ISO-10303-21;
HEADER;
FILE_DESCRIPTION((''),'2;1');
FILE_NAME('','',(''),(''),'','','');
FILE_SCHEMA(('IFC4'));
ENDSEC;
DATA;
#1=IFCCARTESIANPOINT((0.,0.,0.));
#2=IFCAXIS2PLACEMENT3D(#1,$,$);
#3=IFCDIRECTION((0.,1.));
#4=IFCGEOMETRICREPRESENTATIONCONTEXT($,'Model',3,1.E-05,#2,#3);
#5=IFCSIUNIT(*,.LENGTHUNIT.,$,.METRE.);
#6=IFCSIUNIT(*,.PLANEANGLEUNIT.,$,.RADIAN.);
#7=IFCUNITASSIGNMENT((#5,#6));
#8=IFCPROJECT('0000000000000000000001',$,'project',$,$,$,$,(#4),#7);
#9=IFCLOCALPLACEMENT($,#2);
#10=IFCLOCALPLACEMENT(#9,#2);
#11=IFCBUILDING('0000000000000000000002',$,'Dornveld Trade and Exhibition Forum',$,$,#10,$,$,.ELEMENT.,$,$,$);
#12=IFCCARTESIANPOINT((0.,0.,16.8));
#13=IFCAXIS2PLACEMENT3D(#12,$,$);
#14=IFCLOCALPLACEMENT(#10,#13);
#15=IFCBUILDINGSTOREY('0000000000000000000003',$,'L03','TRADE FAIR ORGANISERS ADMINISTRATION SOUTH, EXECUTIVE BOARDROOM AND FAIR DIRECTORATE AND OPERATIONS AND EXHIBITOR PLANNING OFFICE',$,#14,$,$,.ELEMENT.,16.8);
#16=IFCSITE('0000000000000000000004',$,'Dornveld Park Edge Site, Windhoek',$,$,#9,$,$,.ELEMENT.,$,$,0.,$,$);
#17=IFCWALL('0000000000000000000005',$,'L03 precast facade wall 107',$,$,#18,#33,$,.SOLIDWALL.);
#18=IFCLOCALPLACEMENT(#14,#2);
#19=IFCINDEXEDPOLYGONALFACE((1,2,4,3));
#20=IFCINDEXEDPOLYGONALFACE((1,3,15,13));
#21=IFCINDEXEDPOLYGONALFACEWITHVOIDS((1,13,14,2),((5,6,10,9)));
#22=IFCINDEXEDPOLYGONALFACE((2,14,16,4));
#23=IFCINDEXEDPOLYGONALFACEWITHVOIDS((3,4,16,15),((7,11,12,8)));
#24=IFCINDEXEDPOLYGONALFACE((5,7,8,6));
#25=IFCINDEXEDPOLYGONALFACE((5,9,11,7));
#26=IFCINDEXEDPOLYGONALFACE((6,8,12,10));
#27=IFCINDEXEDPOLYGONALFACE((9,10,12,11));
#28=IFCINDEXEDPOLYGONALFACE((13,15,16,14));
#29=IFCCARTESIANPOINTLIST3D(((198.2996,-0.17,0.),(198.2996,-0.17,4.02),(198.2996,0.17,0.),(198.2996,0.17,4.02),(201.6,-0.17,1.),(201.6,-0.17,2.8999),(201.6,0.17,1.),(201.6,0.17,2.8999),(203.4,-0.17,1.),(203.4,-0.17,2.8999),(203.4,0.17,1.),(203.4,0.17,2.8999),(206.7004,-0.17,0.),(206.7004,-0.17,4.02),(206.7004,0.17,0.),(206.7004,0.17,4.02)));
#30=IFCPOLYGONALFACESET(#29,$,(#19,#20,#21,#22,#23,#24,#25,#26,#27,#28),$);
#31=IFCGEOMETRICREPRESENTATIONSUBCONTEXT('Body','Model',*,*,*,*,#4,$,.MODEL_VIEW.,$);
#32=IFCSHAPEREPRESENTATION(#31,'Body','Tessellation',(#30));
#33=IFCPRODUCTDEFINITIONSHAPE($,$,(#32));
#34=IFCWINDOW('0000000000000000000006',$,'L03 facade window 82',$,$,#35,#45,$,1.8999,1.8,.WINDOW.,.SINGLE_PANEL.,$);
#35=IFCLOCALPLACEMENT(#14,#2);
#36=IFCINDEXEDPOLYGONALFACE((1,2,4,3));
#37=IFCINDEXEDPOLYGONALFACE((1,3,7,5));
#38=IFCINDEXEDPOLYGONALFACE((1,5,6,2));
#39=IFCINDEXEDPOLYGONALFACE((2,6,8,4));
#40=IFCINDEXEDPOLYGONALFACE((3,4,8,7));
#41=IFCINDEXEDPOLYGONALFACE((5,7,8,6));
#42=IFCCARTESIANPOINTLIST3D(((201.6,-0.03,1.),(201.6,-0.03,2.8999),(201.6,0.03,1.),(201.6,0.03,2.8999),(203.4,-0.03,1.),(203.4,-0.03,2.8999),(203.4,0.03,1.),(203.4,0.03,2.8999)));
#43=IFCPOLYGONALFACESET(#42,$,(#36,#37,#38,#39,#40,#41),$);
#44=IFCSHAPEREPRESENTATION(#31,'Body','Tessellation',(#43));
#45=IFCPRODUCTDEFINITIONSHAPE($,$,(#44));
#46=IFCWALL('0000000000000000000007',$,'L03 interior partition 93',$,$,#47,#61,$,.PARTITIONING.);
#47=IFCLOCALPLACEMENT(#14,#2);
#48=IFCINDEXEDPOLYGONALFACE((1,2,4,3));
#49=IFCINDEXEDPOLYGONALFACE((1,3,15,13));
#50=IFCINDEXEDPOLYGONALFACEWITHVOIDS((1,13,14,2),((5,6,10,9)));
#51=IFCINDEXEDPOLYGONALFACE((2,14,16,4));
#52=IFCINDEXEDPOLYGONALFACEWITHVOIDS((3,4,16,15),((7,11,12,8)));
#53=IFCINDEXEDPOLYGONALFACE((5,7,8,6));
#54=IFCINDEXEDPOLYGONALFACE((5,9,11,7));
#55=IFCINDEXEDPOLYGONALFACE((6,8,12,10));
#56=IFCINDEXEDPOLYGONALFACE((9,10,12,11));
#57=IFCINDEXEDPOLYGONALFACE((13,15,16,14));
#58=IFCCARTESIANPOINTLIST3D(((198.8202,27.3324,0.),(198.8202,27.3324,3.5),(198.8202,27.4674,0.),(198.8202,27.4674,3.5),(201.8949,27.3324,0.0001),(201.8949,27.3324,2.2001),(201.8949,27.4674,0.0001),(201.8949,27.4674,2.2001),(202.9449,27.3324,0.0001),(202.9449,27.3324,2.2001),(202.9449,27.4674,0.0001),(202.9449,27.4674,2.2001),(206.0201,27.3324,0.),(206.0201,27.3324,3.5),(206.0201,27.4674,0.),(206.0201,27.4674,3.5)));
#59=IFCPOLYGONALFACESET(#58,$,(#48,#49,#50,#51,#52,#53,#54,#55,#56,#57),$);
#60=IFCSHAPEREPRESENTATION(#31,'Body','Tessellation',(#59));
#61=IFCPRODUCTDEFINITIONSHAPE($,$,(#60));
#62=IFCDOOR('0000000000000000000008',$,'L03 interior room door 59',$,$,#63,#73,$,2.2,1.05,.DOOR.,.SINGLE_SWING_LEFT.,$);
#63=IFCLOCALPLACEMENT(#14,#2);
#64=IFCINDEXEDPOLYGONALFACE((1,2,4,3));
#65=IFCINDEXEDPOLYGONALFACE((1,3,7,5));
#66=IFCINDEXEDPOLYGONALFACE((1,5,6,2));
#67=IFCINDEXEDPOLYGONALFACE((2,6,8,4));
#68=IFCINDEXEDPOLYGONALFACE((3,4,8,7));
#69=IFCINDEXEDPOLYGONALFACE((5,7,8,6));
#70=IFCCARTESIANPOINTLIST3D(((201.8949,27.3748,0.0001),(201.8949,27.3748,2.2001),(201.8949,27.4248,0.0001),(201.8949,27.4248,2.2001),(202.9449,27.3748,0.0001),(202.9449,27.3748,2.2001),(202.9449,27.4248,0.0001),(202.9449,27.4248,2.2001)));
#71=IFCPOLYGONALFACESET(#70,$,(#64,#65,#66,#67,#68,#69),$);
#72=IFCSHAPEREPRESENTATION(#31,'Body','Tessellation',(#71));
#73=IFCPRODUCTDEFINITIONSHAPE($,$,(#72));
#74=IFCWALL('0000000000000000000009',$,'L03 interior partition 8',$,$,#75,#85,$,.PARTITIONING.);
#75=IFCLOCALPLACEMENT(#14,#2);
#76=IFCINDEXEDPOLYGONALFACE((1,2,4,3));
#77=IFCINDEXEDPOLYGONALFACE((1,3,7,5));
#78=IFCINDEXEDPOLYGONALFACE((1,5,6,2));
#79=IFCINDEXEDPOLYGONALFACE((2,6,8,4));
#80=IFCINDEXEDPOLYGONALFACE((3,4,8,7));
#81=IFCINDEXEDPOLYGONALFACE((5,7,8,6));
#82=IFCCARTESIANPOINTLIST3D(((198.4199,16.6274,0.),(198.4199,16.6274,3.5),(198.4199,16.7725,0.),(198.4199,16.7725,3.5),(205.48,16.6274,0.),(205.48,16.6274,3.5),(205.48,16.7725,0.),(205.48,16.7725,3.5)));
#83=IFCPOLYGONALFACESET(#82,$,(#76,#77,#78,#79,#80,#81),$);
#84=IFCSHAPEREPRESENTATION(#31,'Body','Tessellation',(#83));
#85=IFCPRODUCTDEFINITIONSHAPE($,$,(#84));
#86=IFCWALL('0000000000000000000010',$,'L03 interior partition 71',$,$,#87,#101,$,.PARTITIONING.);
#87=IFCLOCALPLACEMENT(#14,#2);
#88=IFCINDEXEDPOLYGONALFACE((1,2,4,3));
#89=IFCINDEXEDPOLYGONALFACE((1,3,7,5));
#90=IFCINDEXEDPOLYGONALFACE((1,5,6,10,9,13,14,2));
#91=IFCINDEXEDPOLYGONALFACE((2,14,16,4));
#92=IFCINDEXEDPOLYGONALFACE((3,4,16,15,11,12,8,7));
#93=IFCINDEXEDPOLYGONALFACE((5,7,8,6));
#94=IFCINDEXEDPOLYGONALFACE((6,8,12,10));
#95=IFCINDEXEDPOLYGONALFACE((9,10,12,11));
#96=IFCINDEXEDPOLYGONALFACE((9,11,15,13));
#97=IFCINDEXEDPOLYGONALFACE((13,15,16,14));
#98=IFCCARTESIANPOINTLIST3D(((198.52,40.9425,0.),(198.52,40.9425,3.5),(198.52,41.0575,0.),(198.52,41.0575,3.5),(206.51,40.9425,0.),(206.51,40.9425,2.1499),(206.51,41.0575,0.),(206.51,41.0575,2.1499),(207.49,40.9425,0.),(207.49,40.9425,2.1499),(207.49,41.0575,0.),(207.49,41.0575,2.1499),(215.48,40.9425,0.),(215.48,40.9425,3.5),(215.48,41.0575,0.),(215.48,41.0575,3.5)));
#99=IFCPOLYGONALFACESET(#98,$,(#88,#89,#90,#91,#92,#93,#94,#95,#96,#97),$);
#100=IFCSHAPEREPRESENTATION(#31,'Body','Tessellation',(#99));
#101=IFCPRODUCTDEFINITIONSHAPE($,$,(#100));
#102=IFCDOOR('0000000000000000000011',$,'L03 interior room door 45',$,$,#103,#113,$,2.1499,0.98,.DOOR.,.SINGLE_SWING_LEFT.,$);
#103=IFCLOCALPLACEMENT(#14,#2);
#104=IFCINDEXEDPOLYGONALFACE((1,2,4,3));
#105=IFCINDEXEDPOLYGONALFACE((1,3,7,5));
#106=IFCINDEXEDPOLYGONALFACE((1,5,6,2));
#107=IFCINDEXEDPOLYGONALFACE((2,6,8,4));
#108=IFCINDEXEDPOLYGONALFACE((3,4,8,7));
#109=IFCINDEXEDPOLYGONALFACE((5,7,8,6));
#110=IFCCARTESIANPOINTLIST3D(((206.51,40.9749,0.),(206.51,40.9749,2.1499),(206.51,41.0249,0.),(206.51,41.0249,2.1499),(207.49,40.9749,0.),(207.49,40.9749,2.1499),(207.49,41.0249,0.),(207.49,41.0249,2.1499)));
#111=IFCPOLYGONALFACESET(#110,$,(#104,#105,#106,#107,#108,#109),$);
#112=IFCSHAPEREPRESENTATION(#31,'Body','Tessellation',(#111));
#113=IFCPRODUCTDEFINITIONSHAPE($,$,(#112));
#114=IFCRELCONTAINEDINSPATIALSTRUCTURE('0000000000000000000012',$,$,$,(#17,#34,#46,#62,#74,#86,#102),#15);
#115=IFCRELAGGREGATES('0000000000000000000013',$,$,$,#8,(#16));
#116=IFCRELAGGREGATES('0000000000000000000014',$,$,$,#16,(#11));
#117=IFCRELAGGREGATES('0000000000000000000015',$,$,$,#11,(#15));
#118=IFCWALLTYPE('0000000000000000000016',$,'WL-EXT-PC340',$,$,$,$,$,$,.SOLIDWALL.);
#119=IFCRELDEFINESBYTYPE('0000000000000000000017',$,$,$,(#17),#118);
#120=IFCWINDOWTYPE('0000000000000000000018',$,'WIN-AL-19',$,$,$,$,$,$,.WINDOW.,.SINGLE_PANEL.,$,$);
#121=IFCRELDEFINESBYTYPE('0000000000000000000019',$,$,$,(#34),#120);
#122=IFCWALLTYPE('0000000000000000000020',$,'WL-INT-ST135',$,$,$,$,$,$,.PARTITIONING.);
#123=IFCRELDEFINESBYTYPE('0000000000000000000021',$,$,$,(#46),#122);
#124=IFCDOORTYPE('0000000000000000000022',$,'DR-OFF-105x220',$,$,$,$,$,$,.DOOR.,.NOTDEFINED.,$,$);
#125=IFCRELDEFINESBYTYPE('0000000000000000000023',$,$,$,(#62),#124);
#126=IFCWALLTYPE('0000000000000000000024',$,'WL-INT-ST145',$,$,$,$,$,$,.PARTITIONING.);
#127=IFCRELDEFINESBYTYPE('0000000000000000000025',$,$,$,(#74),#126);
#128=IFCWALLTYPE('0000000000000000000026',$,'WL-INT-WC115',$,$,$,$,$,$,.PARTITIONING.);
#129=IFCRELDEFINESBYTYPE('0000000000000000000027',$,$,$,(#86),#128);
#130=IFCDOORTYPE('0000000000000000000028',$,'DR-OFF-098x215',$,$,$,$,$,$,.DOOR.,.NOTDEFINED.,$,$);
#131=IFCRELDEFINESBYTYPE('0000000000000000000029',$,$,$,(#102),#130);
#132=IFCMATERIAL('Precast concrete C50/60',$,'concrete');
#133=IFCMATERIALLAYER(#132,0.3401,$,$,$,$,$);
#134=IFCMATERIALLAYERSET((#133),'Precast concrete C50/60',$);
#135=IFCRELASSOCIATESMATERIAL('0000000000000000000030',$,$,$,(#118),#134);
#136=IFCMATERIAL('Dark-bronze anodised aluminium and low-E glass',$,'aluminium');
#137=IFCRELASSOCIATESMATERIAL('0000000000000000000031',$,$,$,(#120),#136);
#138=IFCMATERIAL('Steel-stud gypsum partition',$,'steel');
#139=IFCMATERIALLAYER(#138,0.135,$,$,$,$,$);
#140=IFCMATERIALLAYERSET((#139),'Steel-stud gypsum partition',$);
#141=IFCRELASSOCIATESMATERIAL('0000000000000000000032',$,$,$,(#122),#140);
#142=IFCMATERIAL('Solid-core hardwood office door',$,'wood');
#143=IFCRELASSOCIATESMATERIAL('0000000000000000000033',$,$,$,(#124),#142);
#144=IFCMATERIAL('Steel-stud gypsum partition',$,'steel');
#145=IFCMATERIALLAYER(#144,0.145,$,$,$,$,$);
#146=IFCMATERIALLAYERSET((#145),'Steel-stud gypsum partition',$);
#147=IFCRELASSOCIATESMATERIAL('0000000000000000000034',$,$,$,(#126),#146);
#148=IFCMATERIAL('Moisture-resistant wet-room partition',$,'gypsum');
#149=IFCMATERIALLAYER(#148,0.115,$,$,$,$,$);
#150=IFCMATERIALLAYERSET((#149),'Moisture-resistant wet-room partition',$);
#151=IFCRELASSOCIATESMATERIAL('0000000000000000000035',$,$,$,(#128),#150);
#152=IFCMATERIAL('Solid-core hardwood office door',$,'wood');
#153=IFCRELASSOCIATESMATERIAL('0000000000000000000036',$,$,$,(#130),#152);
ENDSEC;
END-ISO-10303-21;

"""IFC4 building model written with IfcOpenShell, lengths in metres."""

from ifc_helpers import new_model, si_unit, direction, frame, frame_2d, origin, place, context, subcontext, project, spatial, rectangle, extrude, material, layer, layer_set, type_object, element, fill, save


model = new_model("IFC4")

# Units and contexts
model_context = context("Model", 3, precision=1e-05, world=origin(), true_north=direction((0.0, 1.0)))
body_context = subcontext(model_context, "Body", "Model", "MODEL_VIEW")
ifc_project = project(units=[si_unit("LENGTHUNIT", "METRE"), si_unit("PLANEANGLEUNIT", "RADIAN")], contexts=[model_context])

# Site, building, storey
site_placement = place(None, origin())
site = spatial("IfcSite", under=ifc_project, at=site_placement, Name="Dornveld Park Edge Site, Windhoek", CompositionType="ELEMENT", RefElevation=0.0)
building_placement = place(site_placement, origin())
building = spatial("IfcBuilding", under=site, at=building_placement, Name="Dornveld Trade and Exhibition Forum", CompositionType="ELEMENT")
storey_placement = place(building_placement, frame((0.0, 0.0, 16.8)))
storey = spatial("IfcBuildingStorey", under=building, at=storey_placement, Name="L03", Description="TRADE FAIR ORGANISERS ADMINISTRATION SOUTH, EXECUTIVE BOARDROOM AND FAIR DIRECTORATE AND OPERATIONS AND EXHIBITOR PLANNING OFFICE", CompositionType="ELEMENT", Elevation=16.8)

# Wall, opening, window
ifc_material_1 = material(Name="Precast concrete C50/60", Category="concrete")
ifc_layer_1 = layer(ifc_material_1, 0.3401)
ifc_layer_set_1 = layer_set([ifc_layer_1], Name="Precast concrete C50/60")
wall_type_1 = type_object("IfcWallType", Name="WL-EXT-PC340", PredefinedType="SOLIDWALL", material=ifc_layer_set_1)
wall_1_placement = place(storey_placement, frame((198.2996, 0.0, 0.0), z_axis=(0.0, 0.0, 1.0), x_axis=(1.0, 0.0, 0.0)))
wall_1 = element("IfcWall", 1, at=wall_1_placement, inside=storey, type_object=wall_type_1, Name="L03 precast facade wall 107", PredefinedType="SOLIDWALL", context=body_context, shape_type="SweptSolid", body=[
    extrude(rectangle(XDim=8.4009, YDim=0.3401, at=frame_2d((4.2004, 0.0))), origin(), (0.0, 0.0, 1.0), 4.02),
])
opening_1_placement = place(wall_1_placement, frame((3.3005, 0.0, 1.0)))
opening_1 = element("IfcOpeningElement", 2, at=opening_1_placement, cuts=wall_1, PredefinedType="OPENING", context=body_context, shape_type="SweptSolid", body=[
    extrude(rectangle(XDim=1.8, YDim=1.8999, at=frame_2d((0.8999, 0.95))), frame((0.0, 0.1799, 0.0), z_axis=(0.0, -1.0, 0.0), x_axis=(1.0, 0.0, 0.0)), (0.0, 0.0, 1.0), 0.3601),
])
ifc_material_2 = material(Name="Dark-bronze anodised aluminium and low-E glass", Category="aluminium")
window_type = type_object("IfcWindowType", Name="WIN-AL-19", PartitioningType="SINGLE_PANEL", PredefinedType="WINDOW", material=ifc_material_2)
window_placement = place(opening_1_placement, origin())
window = element("IfcWindow", 3, at=window_placement, inside=storey, type_object=window_type, Name="L03 facade window 82", OverallHeight=1.8999, OverallWidth=1.8, PartitioningType="SINGLE_PANEL", PredefinedType="WINDOW", context=body_context, shape_type="SweptSolid", body=[
    extrude(rectangle(XDim=1.8, YDim=1.8999, at=frame_2d((0.8999, 0.95))), frame((0.0, 0.03, 0.0), z_axis=(0.0, -1.0, 0.0), x_axis=(1.0, 0.0, 0.0)), (0.0, 0.0, 1.0), 0.0601),
])
fill(opening_1, window)

# Wall, opening, door
ifc_material_3 = material(Name="Steel-stud gypsum partition", Category="steel")
ifc_layer_2 = layer(ifc_material_3, 0.135)
ifc_layer_set_2 = layer_set([ifc_layer_2], Name="Steel-stud gypsum partition")
wall_type_2 = type_object("IfcWallType", Name="WL-INT-ST135", PredefinedType="PARTITIONING", material=ifc_layer_set_2)
wall_2_placement = place(storey_placement, frame((198.8201, 27.3999, 0.0), z_axis=(0.0, 0.0, 1.0), x_axis=(1.0, 0.0, 0.0)))
wall_2 = element("IfcWall", 4, at=wall_2_placement, inside=storey, type_object=wall_type_2, Name="L03 interior partition 93", PredefinedType="PARTITIONING", context=body_context, shape_type="SweptSolid", body=[
    extrude(rectangle(XDim=7.2, YDim=0.135, at=frame_2d((3.6001, 0.0))), origin(), (0.0, 0.0, 1.0), 3.5),
])
opening_2_placement = place(wall_2_placement, frame((3.075, 0.0, 0.0)))
opening_2 = element("IfcOpeningElement", 5, at=opening_2_placement, cuts=wall_2, PredefinedType="OPENING", context=body_context, shape_type="SweptSolid", body=[
    extrude(rectangle(XDim=1.05, YDim=2.2, at=frame_2d((0.5249, 1.1001))), frame((0.0, 0.0774, 0.0), z_axis=(0.0, -1.0, 0.0), x_axis=(1.0, 0.0, 0.0)), (0.0, 0.0, 1.0), 0.155),
])
ifc_material_4 = material(Name="Solid-core hardwood office door", Category="wood")
door_type_1 = type_object("IfcDoorType", Name="DR-OFF-105x220", OperationType="NOTDEFINED", PredefinedType="DOOR", material=ifc_material_4)
door_1_placement = place(opening_2_placement, origin())
door_1 = element("IfcDoor", 6, at=door_1_placement, inside=storey, type_object=door_type_1, Name="L03 interior room door 59", OperationType="SINGLE_SWING_LEFT", OverallHeight=2.2, OverallWidth=1.05, PredefinedType="DOOR", context=body_context, shape_type="SweptSolid", body=[
    extrude(rectangle(XDim=1.05, YDim=2.2, at=frame_2d((0.5249, 1.1001))), frame((0.0, 0.0249, 0.0), z_axis=(0.0, -1.0, 0.0), x_axis=(1.0, 0.0, 0.0)), (0.0, 0.0, 1.0), 0.05),
])
fill(opening_2, door_1)

# Wall
ifc_material_5 = material(Name="Steel-stud gypsum partition", Category="steel")
ifc_layer_3 = layer(ifc_material_5, 0.145)
ifc_layer_set_3 = layer_set([ifc_layer_3], Name="Steel-stud gypsum partition")
wall_type_3 = type_object("IfcWallType", Name="WL-INT-ST145", PredefinedType="PARTITIONING", material=ifc_layer_set_3)
wall_3_placement = place(storey_placement, frame((198.4199, 16.7, 0.0), z_axis=(0.0, 0.0, 1.0), x_axis=(1.0, 0.0, 0.0)))
element("IfcWall", 7, at=wall_3_placement, inside=storey, type_object=wall_type_3, Name="L03 interior partition 8", PredefinedType="PARTITIONING", context=body_context, shape_type="SweptSolid", body=[
    extrude(rectangle(XDim=7.0601, YDim=0.145, at=frame_2d((3.53, 0.0))), origin(), (0.0, 0.0, 1.0), 3.5),
])

# Wall, opening, door
ifc_material_6 = material(Name="Moisture-resistant wet-room partition", Category="gypsum")
ifc_layer_4 = layer(ifc_material_6, 0.115)
ifc_layer_set_4 = layer_set([ifc_layer_4], Name="Moisture-resistant wet-room partition")
wall_type_4 = type_object("IfcWallType", Name="WL-INT-WC115", PredefinedType="PARTITIONING", material=ifc_layer_set_4)
wall_4_placement = place(storey_placement, frame((198.52, 41.0, 0.0), z_axis=(0.0, 0.0, 1.0), x_axis=(1.0, 0.0, 0.0)))
wall_4 = element("IfcWall", 8, at=wall_4_placement, inside=storey, type_object=wall_type_4, Name="L03 interior partition 71", PredefinedType="PARTITIONING", context=body_context, shape_type="SweptSolid", body=[
    extrude(rectangle(XDim=16.96, YDim=0.115, at=frame_2d((8.48, 0.0))), origin(), (0.0, 0.0, 1.0), 3.5),
])
opening_3_placement = place(wall_4_placement, frame((7.99, 0.0, 0.0)))
opening_3 = element("IfcOpeningElement", 9, at=opening_3_placement, cuts=wall_4, PredefinedType="OPENING", context=body_context, shape_type="SweptSolid", body=[
    extrude(rectangle(XDim=0.98, YDim=2.1499, at=frame_2d((0.49, 1.075))), frame((0.0, 0.0674, 0.0), z_axis=(0.0, -1.0, 0.0), x_axis=(1.0, 0.0, 0.0)), (0.0, 0.0, 1.0), 0.135),
])
ifc_material_7 = material(Name="Solid-core hardwood office door", Category="wood")
door_type_2 = type_object("IfcDoorType", Name="DR-OFF-098x215", OperationType="NOTDEFINED", PredefinedType="DOOR", material=ifc_material_7)
door_2_placement = place(opening_3_placement, origin())
door_2 = element("IfcDoor", 10, at=door_2_placement, inside=storey, type_object=door_type_2, Name="L03 interior room door 45", OperationType="SINGLE_SWING_LEFT", OverallHeight=2.1499, OverallWidth=0.98, PredefinedType="DOOR", context=body_context, shape_type="SweptSolid", body=[
    extrude(rectangle(XDim=0.98, YDim=2.1499, at=frame_2d((0.49, 1.075))), frame((0.0, 0.0249, 0.0), z_axis=(0.0, -1.0, 0.0), x_axis=(1.0, 0.0, 0.0)), (0.0, 0.0, 1.0), 0.05),
])
fill(opening_3, door_2)

save(model, "model.ifc")
